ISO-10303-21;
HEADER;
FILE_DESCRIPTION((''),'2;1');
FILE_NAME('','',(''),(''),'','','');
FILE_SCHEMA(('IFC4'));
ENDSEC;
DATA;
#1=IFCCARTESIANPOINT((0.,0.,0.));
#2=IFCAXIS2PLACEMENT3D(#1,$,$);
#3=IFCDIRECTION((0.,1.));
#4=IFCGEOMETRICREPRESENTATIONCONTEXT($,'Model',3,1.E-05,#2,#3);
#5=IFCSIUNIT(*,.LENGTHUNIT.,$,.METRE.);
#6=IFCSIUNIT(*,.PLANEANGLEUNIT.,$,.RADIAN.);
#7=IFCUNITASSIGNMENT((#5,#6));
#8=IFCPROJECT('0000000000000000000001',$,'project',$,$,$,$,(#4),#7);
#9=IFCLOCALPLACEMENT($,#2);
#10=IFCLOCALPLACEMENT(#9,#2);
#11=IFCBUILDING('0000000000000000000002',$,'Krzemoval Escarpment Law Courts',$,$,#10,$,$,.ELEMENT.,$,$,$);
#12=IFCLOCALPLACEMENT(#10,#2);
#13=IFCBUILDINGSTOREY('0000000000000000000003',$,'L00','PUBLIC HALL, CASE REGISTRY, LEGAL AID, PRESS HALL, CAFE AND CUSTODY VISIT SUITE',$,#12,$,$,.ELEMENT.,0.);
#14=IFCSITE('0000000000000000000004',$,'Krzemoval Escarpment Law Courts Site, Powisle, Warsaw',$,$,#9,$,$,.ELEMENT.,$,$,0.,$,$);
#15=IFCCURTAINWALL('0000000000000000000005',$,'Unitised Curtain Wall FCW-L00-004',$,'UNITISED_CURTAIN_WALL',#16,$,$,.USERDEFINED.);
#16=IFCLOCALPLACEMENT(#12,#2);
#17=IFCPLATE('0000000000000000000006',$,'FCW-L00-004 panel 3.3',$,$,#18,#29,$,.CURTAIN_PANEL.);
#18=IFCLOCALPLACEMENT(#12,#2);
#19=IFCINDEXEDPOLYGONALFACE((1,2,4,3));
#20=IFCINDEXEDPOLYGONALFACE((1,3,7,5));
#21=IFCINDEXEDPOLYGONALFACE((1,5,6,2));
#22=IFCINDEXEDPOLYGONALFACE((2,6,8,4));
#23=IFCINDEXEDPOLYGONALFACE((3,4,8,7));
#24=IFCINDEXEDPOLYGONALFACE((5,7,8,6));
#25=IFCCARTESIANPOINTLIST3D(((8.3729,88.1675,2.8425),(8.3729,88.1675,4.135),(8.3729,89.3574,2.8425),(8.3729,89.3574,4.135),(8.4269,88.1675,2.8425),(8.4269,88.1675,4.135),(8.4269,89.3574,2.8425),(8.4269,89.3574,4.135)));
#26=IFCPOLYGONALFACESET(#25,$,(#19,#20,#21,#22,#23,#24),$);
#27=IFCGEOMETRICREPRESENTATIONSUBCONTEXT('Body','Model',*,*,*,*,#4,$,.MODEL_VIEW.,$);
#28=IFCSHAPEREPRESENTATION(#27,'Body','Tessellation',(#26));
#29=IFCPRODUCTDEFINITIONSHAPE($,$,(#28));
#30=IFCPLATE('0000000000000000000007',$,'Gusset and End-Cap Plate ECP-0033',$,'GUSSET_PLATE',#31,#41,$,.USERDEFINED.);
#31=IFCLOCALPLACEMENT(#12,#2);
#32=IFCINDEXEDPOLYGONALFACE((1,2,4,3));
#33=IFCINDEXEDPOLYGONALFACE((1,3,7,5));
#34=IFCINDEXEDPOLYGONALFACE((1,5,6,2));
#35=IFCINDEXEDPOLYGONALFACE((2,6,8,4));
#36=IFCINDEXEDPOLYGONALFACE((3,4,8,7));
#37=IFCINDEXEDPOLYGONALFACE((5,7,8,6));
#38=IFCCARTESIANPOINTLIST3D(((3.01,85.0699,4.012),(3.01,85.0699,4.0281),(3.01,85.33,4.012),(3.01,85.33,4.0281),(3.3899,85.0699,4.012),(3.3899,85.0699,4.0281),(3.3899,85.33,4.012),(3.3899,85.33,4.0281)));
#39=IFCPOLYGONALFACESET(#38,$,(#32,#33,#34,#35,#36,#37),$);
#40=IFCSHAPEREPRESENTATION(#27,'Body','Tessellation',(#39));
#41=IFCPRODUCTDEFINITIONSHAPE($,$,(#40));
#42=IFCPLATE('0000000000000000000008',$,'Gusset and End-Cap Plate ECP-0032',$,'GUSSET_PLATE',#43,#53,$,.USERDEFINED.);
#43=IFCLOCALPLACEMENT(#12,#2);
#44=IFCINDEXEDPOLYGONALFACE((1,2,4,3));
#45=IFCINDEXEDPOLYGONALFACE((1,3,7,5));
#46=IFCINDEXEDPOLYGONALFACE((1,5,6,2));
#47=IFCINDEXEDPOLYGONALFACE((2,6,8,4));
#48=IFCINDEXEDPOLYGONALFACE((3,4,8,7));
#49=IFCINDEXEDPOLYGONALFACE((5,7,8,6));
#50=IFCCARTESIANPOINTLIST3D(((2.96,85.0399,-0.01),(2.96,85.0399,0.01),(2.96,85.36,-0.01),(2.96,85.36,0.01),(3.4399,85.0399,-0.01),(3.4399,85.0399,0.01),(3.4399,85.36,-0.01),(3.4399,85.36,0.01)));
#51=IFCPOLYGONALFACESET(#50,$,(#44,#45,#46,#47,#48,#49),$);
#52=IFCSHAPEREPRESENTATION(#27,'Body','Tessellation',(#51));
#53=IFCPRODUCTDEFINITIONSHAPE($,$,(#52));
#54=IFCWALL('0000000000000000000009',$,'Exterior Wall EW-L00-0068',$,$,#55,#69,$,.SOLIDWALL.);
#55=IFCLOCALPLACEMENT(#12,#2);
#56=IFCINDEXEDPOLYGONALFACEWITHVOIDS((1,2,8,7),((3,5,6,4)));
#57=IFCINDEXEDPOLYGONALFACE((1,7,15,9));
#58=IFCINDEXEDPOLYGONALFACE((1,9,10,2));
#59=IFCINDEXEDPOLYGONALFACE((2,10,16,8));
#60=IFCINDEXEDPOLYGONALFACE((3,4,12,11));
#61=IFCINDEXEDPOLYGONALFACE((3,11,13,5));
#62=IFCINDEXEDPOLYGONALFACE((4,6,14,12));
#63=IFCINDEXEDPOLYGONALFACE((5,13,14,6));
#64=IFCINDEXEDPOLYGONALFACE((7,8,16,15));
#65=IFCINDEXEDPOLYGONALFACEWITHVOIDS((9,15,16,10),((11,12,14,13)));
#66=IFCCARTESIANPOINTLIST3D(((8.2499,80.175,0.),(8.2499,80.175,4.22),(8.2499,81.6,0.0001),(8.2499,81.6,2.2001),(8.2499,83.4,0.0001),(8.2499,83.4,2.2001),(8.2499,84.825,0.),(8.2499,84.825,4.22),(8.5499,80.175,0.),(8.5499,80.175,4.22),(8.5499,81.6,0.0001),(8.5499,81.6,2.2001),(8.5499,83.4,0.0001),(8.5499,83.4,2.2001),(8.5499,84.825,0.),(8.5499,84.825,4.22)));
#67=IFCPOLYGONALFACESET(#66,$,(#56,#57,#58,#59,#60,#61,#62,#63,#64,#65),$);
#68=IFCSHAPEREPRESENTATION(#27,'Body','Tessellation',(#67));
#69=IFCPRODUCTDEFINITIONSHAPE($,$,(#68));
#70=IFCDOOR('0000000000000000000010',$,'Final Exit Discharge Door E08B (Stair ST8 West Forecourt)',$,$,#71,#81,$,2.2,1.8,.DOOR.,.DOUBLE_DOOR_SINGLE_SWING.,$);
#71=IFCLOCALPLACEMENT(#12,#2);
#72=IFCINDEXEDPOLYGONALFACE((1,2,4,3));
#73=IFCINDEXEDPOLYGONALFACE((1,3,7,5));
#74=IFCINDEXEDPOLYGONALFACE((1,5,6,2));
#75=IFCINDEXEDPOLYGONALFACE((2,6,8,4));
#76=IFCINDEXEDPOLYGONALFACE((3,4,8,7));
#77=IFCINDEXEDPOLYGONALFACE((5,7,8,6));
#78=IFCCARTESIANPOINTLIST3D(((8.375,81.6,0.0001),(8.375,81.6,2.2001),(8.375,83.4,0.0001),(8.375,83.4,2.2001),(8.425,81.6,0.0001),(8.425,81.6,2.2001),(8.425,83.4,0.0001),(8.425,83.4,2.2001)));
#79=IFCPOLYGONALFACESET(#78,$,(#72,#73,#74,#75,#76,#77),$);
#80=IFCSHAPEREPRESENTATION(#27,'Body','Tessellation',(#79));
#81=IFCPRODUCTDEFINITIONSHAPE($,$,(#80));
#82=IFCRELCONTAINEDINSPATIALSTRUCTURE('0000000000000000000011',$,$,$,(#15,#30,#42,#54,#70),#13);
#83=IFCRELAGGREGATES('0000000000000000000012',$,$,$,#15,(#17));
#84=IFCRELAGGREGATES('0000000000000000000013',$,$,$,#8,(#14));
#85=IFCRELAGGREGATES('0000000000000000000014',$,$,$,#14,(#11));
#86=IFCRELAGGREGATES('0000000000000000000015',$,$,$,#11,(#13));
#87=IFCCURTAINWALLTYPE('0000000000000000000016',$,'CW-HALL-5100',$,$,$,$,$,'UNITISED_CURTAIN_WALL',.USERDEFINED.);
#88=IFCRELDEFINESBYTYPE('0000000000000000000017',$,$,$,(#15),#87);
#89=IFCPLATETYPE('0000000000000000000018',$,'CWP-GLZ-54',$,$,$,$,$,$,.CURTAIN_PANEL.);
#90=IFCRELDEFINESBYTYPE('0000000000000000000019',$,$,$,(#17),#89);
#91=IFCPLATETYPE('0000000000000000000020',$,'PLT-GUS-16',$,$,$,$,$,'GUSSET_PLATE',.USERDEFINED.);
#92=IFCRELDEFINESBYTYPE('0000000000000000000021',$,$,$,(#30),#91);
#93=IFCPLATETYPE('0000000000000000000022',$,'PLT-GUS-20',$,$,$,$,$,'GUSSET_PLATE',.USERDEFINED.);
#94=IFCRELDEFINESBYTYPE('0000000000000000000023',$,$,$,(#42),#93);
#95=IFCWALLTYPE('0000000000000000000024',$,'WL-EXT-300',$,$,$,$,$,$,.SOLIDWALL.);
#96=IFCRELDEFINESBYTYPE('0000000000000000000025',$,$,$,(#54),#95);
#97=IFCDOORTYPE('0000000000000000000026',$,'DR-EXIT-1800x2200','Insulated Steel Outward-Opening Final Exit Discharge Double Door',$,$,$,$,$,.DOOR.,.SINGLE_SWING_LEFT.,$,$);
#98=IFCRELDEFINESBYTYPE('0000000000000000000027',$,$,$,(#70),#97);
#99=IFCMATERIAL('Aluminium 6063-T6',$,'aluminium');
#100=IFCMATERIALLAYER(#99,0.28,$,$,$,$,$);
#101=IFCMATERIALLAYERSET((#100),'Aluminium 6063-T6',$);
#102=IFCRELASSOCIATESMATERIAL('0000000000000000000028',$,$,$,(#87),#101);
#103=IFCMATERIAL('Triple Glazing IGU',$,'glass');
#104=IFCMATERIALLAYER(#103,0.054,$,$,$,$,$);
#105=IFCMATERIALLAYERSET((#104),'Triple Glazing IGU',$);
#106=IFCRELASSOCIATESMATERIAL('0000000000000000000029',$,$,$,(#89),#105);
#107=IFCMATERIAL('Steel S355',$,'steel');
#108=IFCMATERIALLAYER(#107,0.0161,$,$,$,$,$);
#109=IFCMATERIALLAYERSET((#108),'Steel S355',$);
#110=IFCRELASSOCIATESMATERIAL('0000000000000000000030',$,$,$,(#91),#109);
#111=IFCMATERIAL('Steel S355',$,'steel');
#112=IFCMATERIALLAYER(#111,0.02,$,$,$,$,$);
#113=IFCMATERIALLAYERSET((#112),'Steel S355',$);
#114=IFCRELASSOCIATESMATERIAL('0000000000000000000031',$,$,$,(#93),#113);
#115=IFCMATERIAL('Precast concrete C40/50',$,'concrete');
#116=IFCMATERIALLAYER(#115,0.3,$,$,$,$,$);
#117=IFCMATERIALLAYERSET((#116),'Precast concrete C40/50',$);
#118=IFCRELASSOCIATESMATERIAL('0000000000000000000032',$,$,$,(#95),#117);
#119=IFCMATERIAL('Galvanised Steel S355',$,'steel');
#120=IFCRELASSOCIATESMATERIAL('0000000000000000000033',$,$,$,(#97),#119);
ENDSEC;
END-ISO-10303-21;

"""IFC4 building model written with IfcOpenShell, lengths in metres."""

from ifc_helpers import new_model, si_unit, direction, frame, frame_2d, origin, origin_2d, place, context, subcontext, project, spatial, rectangle, extrude, material, layer, layer_set, type_object, element, fill, aggregate, save


model = new_model("IFC4")

# Units and contexts
model_context = context("Model", 3, precision=1e-05, world=origin(), true_north=direction((0.0, 1.0)))
body_context = subcontext(model_context, "Body", "Model", "MODEL_VIEW")
ifc_project = project(units=[si_unit("LENGTHUNIT", "METRE"), si_unit("PLANEANGLEUNIT", "RADIAN")], contexts=[model_context])

# Site, building, storey
site_placement = place(None, origin())
site = spatial("IfcSite", under=ifc_project, at=site_placement, Name="Krzemoval Escarpment Law Courts Site, Powisle, Warsaw", CompositionType="ELEMENT", RefElevation=0.0)
building_placement = place(site_placement, origin())
building = spatial("IfcBuilding", under=site, at=building_placement, Name="Krzemoval Escarpment Law Courts", CompositionType="ELEMENT")
storey_placement = place(building_placement, origin())
storey = spatial("IfcBuildingStorey", under=building, at=storey_placement, Name="L00", Description="PUBLIC HALL, CASE REGISTRY, LEGAL AID, PRESS HALL, CAFE AND CUSTODY VISIT SUITE", CompositionType="ELEMENT", Elevation=0.0)

# Curtain wall
ifc_material_1 = material(Name="Aluminium 6063-T6", Category="aluminium")
ifc_layer_1 = layer(ifc_material_1, 0.28)
ifc_layer_set_1 = layer_set([ifc_layer_1], Name="Aluminium 6063-T6")
curtain_wall_type = type_object("IfcCurtainWallType", Name="CW-HALL-5100", ElementType="UNITISED_CURTAIN_WALL", PredefinedType="USERDEFINED", material=ifc_layer_set_1)
curtain_wall_placement = place(storey_placement, origin())
curtain_wall = element("IfcCurtainWall", 1, at=curtain_wall_placement, inside=storey, type_object=curtain_wall_type, Name="Unitised Curtain Wall FCW-L00-004", ObjectType="UNITISED_CURTAIN_WALL", PredefinedType="USERDEFINED")

# Plate
ifc_material_2 = material(Name="Triple Glazing IGU", Category="glass")
ifc_layer_2 = layer(ifc_material_2, 0.054)
ifc_layer_set_2 = layer_set([ifc_layer_2], Name="Triple Glazing IGU")
plate_type_1 = type_object("IfcPlateType", Name="CWP-GLZ-54", PredefinedType="CURTAIN_PANEL", material=ifc_layer_set_2)
plate_1_placement = place(storey_placement, frame((8.3999, 88.7625, 2.8425), z_axis=(0.0, 0.0, 1.0), x_axis=(0.0, 1.0, 0.0)))
plate_1 = element("IfcPlate", 2, at=plate_1_placement, type_object=plate_type_1, Name="FCW-L00-004 panel 3.3", PredefinedType="CURTAIN_PANEL", context=body_context, shape_type="SweptSolid", body=[
    extrude(rectangle(XDim=1.1899, YDim=0.054, at=origin_2d()), origin(), (0.0, 0.0, 1.0), 1.2925),
])
aggregate(curtain_wall, [plate_1])

# Plates
ifc_material_3 = material(Name="Steel S355", Category="steel")
ifc_layer_3 = layer(ifc_material_3, 0.0161)
ifc_layer_set_3 = layer_set([ifc_layer_3], Name="Steel S355")
plate_type_2 = type_object("IfcPlateType", Name="PLT-GUS-16", ElementType="GUSSET_PLATE", PredefinedType="USERDEFINED", material=ifc_layer_set_3)
plate_2_placement = place(storey_placement, frame((3.2, 85.2, 4.012), z_axis=(0.0, 0.0, 1.0), x_axis=(1.0, 0.0, 0.0)))
element("IfcPlate", 3, at=plate_2_placement, inside=storey, type_object=plate_type_2, Name="Gusset and End-Cap Plate ECP-0033", ObjectType="GUSSET_PLATE", PredefinedType="USERDEFINED", context=body_context, shape_type="SweptSolid", body=[
    extrude(rectangle(XDim=0.3799, YDim=0.26, at=origin_2d()), origin(), (0.0, 0.0, 1.0), 0.0161),
])
ifc_material_4 = material(Name="Steel S355", Category="steel")
ifc_layer_4 = layer(ifc_material_4, 0.02)
ifc_layer_set_4 = layer_set([ifc_layer_4], Name="Steel S355")
plate_type_3 = type_object("IfcPlateType", Name="PLT-GUS-20", ElementType="GUSSET_PLATE", PredefinedType="USERDEFINED", material=ifc_layer_set_4)
plate_3_placement = place(storey_placement, frame((3.2, 85.2, -0.01), z_axis=(0.0, 0.0, 1.0), x_axis=(1.0, 0.0, 0.0)))
element("IfcPlate", 4, at=plate_3_placement, inside=storey, type_object=plate_type_3, Name="Gusset and End-Cap Plate ECP-0032", ObjectType="GUSSET_PLATE", PredefinedType="USERDEFINED", context=body_context, shape_type="SweptSolid", body=[
    extrude(rectangle(XDim=0.48, YDim=0.3201, at=origin_2d()), origin(), (0.0, 0.0, 1.0), 0.02),
])

# Wall, opening, door
ifc_material_5 = material(Name="Precast concrete C40/50", Category="concrete")
ifc_layer_5 = layer(ifc_material_5, 0.3)
ifc_layer_set_5 = layer_set([ifc_layer_5], Name="Precast concrete C40/50")
wall_type = type_object("IfcWallType", Name="WL-EXT-300", PredefinedType="SOLIDWALL", material=ifc_layer_set_5)
wall_placement = place(storey_placement, frame((8.3999, 80.175, 0.0), z_axis=(0.0, 0.0, 1.0), x_axis=(0.0, 1.0, 0.0)))
wall = element("IfcWall", 5, at=wall_placement, inside=storey, type_object=wall_type, Name="Exterior Wall EW-L00-0068", PredefinedType="SOLIDWALL", context=body_context, shape_type="SweptSolid", body=[
    extrude(rectangle(XDim=4.6499, YDim=0.3, at=frame_2d((2.325, 0.0))), origin(), (0.0, 0.0, 1.0), 4.22),
])
opening_placement = place(wall_placement, frame((1.425, 0.0, 0.0)))
opening = element("IfcOpeningElement", 6, at=opening_placement, cuts=wall, PredefinedType="OPENING", context=body_context, shape_type="SweptSolid", body=[
    extrude(rectangle(XDim=1.8, YDim=2.2, at=frame_2d((0.8999, 1.1001))), frame((0.0, 0.165, 0.0), z_axis=(0.0, -1.0, 0.0), x_axis=(1.0, 0.0, 0.0)), (0.0, 0.0, 1.0), 0.3301),
])
ifc_material_6 = material(Name="Galvanised Steel S355", Category="steel")
door_type = type_object("IfcDoorType", Name="DR-EXIT-1800x2200", Description="Insulated Steel Outward-Opening Final Exit Discharge Double Door", OperationType="SINGLE_SWING_LEFT", PredefinedType="DOOR", material=ifc_material_6)
door_placement = place(opening_placement, origin())
door = element("IfcDoor", 7, at=door_placement, inside=storey, type_object=door_type, Name="Final Exit Discharge Door E08B (Stair ST8 West Forecourt)", OperationType="DOUBLE_DOOR_SINGLE_SWING", OverallHeight=2.2, OverallWidth=1.8, PredefinedType="DOOR", context=body_context, shape_type="SweptSolid", body=[
    extrude(rectangle(XDim=1.8, YDim=2.2, at=frame_2d((0.8999, 1.1001))), frame((0.0, 0.0249, 0.0), z_axis=(0.0, -1.0, 0.0), x_axis=(1.0, 0.0, 0.0)), (0.0, 0.0, 1.0), 0.05),
])
fill(opening, door)

save(model, "model.ifc")
